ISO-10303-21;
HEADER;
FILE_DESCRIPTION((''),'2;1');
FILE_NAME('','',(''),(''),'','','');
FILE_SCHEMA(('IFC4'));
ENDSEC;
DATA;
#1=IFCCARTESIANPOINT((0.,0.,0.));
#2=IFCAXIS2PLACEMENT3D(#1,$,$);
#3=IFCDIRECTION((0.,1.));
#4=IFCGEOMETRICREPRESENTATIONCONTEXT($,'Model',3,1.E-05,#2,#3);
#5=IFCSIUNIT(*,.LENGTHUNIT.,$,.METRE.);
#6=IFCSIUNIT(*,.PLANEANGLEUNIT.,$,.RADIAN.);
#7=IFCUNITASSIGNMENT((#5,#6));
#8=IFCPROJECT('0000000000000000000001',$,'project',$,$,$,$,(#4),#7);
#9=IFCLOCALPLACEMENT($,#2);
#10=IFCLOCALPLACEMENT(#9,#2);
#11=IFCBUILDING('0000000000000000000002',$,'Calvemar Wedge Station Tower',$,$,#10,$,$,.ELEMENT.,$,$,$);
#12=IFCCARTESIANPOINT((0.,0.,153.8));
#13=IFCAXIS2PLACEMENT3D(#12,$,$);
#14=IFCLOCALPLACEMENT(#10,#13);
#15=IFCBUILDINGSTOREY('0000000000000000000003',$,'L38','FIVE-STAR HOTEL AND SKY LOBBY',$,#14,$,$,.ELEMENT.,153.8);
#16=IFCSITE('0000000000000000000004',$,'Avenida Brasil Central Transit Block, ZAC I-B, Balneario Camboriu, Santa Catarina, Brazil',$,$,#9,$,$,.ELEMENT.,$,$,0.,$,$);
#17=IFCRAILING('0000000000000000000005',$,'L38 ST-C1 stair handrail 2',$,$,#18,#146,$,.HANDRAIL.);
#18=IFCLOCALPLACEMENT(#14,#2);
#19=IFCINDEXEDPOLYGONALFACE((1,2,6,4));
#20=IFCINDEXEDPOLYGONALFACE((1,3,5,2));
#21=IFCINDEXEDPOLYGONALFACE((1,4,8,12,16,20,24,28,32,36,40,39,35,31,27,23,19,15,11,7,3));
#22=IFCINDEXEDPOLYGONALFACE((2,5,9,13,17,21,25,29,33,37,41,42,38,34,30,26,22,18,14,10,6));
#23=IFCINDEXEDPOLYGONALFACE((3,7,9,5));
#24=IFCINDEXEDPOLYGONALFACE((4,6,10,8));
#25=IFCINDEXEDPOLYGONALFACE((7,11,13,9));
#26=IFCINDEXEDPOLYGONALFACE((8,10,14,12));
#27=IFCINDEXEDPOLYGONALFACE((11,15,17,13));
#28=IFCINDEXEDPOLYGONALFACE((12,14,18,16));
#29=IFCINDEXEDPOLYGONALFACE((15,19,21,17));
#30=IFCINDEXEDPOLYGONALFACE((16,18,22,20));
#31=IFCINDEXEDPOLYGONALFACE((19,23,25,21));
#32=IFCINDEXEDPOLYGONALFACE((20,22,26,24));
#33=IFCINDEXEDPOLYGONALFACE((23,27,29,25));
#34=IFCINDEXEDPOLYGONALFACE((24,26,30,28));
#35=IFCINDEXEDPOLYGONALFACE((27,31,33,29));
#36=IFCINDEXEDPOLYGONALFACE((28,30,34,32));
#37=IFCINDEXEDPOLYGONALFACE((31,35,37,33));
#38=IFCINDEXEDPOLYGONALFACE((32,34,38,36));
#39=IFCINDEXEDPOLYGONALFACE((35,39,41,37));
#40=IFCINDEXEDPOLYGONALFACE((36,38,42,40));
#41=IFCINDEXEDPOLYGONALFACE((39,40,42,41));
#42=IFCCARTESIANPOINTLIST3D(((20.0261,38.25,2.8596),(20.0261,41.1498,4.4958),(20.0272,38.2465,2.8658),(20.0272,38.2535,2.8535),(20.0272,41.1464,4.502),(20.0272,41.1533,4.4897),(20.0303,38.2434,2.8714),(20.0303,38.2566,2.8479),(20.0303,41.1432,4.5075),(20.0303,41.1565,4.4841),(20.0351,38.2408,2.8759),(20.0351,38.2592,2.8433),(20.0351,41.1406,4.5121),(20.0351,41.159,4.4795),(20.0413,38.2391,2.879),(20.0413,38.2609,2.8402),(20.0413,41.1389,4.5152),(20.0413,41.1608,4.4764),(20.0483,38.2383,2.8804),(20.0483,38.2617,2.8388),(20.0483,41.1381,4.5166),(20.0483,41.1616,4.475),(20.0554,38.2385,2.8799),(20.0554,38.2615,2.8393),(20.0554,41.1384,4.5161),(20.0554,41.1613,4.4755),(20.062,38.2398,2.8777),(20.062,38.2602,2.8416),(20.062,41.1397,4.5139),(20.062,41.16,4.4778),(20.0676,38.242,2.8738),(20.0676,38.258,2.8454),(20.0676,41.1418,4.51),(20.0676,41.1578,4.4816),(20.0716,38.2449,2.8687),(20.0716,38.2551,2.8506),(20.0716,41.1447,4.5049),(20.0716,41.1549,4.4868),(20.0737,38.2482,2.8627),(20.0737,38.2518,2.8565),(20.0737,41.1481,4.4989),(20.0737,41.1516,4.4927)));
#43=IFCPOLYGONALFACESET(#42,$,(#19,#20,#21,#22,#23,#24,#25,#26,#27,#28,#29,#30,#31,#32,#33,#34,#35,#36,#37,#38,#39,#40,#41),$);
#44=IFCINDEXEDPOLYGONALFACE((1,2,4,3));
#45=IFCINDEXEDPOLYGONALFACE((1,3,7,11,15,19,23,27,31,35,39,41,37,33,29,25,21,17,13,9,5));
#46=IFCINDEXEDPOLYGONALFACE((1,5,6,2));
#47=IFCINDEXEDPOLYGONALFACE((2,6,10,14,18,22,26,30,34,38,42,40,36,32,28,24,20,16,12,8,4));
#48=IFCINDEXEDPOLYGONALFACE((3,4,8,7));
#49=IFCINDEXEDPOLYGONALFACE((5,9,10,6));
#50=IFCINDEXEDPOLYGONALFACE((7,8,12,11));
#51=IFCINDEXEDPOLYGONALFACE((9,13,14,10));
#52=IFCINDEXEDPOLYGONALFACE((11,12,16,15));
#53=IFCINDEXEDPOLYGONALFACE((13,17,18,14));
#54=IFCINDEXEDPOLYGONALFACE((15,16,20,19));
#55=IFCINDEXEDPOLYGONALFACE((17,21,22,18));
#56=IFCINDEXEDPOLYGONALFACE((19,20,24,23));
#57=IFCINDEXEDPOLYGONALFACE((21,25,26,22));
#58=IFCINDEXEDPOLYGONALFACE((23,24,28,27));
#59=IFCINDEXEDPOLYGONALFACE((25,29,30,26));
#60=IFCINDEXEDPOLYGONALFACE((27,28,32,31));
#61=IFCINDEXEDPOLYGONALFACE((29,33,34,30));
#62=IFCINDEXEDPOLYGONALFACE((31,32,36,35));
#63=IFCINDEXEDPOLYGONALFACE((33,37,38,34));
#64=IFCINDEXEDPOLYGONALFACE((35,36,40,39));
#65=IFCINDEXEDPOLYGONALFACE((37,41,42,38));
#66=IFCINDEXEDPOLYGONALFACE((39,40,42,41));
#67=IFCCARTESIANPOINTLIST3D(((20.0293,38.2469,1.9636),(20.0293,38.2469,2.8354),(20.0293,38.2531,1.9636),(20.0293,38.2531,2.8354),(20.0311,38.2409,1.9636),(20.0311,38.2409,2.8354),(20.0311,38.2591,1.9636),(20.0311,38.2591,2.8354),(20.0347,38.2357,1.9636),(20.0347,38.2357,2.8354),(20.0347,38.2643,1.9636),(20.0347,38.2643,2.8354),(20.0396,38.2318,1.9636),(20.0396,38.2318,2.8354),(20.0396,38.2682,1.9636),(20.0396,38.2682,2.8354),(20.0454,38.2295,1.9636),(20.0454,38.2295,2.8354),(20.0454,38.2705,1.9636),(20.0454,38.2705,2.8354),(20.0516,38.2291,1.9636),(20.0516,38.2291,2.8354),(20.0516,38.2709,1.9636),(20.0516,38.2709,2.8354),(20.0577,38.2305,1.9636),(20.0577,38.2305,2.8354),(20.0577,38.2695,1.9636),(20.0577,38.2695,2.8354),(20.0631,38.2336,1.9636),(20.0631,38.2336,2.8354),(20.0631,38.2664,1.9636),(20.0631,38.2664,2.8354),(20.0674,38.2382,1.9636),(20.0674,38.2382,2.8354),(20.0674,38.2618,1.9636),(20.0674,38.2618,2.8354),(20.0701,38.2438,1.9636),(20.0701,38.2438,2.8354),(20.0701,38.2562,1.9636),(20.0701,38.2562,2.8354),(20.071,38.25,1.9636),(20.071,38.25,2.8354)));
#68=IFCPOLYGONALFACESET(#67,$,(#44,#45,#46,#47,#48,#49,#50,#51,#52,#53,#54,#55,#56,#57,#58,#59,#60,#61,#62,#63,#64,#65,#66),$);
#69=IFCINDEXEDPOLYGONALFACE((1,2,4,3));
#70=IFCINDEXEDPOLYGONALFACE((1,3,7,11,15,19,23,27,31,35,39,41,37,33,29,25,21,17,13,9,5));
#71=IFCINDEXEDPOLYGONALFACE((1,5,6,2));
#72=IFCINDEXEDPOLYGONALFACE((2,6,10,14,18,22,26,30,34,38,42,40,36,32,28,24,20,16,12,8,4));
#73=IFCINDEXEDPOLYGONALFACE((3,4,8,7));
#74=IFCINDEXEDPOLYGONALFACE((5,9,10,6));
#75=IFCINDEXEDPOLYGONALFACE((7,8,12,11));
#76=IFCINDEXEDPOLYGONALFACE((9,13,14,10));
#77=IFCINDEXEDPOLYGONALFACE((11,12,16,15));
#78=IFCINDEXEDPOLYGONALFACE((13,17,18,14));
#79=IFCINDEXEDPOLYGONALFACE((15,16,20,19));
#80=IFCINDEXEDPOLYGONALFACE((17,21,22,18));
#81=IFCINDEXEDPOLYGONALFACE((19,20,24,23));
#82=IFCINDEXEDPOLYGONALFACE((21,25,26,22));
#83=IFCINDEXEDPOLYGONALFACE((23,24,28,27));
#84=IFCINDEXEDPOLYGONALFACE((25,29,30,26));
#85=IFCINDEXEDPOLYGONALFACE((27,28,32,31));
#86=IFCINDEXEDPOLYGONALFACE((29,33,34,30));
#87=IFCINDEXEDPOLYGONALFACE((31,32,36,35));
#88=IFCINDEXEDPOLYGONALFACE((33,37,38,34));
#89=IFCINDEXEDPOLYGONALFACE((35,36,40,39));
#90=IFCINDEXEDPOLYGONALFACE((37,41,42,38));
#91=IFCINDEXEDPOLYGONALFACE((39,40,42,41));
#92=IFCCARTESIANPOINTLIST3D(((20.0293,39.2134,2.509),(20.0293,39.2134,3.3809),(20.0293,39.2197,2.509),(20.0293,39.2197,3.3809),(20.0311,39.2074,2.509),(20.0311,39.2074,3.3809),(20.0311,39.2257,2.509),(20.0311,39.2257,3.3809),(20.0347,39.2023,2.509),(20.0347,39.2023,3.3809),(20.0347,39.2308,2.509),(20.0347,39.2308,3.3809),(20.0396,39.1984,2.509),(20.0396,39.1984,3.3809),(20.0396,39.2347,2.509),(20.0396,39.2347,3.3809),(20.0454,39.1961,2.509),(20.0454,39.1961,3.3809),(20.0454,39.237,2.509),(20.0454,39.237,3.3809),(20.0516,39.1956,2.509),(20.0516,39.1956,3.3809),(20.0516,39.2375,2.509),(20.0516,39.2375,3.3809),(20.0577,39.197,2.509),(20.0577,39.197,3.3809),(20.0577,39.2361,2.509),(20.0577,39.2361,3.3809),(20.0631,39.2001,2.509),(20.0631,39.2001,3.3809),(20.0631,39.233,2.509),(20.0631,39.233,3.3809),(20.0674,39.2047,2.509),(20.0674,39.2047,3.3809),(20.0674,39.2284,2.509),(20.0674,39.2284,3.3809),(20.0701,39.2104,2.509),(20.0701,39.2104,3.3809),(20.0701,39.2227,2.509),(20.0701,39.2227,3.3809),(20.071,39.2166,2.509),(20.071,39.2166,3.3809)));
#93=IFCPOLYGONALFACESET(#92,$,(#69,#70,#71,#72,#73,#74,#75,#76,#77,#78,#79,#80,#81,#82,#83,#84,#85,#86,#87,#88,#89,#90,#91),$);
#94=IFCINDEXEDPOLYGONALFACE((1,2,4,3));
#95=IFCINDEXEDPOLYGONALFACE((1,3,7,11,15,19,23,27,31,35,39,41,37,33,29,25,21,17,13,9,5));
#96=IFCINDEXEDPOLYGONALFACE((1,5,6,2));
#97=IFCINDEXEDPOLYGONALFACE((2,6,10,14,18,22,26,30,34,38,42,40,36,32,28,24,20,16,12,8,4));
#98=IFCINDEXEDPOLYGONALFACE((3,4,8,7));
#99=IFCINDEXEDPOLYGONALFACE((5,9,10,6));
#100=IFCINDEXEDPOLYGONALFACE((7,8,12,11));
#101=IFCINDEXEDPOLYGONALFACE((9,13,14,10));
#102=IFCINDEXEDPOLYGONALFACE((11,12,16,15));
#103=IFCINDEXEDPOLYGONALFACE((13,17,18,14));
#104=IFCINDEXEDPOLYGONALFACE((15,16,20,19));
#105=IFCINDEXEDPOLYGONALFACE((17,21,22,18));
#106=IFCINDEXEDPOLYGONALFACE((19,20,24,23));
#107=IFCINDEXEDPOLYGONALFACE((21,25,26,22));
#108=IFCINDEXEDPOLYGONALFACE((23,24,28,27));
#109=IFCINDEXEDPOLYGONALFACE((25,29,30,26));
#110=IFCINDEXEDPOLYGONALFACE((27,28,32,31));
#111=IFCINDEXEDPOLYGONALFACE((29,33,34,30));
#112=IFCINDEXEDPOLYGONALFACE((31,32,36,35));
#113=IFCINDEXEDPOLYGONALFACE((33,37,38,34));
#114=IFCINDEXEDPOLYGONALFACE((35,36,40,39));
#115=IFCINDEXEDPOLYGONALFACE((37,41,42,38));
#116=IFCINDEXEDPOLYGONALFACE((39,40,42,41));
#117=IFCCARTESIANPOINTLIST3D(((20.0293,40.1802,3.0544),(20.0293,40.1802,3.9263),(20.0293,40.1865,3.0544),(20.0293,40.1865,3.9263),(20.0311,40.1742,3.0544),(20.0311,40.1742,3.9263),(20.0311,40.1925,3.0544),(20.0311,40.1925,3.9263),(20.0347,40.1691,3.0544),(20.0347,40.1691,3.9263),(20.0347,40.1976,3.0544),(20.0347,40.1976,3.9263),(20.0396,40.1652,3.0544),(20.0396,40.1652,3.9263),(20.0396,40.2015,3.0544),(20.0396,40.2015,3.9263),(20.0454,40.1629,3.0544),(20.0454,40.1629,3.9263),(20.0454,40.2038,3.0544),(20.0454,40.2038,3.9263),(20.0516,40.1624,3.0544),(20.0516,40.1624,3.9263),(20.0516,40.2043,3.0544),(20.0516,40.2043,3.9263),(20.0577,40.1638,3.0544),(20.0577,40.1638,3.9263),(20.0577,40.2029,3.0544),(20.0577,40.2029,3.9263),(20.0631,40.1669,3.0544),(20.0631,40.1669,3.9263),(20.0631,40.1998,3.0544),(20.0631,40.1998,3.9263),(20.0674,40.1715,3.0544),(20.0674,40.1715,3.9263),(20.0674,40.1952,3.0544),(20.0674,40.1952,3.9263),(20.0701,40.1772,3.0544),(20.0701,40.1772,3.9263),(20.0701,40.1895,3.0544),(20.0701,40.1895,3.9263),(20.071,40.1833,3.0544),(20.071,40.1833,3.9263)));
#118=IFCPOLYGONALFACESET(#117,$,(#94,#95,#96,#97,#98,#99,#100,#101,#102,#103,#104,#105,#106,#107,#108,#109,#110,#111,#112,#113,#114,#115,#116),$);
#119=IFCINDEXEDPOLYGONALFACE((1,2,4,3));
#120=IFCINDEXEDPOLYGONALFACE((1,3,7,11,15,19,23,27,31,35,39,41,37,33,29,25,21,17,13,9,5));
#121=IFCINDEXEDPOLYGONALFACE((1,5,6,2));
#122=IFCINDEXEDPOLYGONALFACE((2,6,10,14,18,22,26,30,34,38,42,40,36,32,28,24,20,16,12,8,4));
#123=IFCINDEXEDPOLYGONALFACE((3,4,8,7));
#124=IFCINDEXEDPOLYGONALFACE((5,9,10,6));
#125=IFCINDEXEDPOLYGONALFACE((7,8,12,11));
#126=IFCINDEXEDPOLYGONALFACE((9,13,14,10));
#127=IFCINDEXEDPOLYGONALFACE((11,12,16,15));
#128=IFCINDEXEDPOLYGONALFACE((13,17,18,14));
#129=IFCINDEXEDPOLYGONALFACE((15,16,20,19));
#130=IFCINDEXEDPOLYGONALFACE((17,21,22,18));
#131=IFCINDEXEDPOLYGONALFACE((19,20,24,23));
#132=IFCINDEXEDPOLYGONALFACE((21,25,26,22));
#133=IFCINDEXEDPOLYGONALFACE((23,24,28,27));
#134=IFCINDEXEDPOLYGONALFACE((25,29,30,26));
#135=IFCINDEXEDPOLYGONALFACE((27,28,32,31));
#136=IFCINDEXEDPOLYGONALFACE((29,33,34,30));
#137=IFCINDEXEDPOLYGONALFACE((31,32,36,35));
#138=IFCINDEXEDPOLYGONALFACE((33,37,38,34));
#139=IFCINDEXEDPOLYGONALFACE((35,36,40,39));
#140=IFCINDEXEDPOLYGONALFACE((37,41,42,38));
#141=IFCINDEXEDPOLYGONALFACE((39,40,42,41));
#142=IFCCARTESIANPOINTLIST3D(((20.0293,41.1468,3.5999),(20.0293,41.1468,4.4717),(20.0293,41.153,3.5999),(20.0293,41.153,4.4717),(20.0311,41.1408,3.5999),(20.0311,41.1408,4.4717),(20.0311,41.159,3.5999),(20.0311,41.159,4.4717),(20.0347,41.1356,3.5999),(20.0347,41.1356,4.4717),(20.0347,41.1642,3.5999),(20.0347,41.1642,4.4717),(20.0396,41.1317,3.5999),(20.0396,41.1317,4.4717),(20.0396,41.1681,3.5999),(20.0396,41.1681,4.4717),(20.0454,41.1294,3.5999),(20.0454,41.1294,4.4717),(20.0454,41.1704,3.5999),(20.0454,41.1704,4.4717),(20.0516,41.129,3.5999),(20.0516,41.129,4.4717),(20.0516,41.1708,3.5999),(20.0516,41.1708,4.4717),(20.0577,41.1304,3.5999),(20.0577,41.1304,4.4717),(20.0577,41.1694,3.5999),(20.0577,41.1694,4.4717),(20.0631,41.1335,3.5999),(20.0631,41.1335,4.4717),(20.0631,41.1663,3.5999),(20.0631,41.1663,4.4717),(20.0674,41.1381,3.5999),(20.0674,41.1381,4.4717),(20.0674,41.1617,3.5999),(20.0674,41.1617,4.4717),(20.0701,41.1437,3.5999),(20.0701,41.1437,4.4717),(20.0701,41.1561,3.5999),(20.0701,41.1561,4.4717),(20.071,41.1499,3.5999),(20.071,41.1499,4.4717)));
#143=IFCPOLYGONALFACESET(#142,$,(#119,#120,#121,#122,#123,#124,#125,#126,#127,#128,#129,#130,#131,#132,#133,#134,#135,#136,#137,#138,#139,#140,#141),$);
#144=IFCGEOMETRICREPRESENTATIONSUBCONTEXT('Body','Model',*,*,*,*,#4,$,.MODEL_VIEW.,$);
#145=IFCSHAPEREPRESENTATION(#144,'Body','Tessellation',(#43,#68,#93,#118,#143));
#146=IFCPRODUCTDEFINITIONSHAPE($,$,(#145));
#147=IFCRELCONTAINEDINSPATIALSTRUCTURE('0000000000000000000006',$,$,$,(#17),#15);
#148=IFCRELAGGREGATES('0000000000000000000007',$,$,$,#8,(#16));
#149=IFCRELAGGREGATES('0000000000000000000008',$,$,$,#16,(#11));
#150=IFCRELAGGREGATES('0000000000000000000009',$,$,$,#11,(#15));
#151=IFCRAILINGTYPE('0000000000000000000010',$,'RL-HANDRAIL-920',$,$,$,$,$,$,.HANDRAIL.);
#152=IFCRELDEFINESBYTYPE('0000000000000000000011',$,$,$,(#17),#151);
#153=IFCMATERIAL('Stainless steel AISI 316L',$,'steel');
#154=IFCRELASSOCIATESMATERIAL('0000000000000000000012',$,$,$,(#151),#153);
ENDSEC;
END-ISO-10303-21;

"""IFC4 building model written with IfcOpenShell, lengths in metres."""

from ifc_helpers import new_model, si_unit, direction, frame, origin, origin_2d, place, context, subcontext, project, spatial, circle, extrude, material, type_object, element, save


model = new_model("IFC4")

# Units and contexts
model_context = context("Model", 3, precision=1e-05, world=origin(), true_north=direction((0.0, 1.0)))
body_context = subcontext(model_context, "Body", "Model", "MODEL_VIEW")
ifc_project = project(units=[si_unit("LENGTHUNIT", "METRE"), si_unit("PLANEANGLEUNIT", "RADIAN")], contexts=[model_context])

# Site, building, storey
site_placement = place(None, origin())
site = spatial("IfcSite", under=ifc_project, at=site_placement, Name="Avenida Brasil Central Transit Block, ZAC I-B, Balneario Camboriu, Santa Catarina, Brazil", CompositionType="ELEMENT", RefElevation=0.0)
building_placement = place(site_placement, origin())
building = spatial("IfcBuilding", under=site, at=building_placement, Name="Calvemar Wedge Station Tower", CompositionType="ELEMENT")
storey_placement = place(building_placement, frame((0.0, 0.0, 153.8)))
storey = spatial("IfcBuildingStorey", under=building, at=storey_placement, Name="L38", Description="FIVE-STAR HOTEL AND SKY LOBBY", CompositionType="ELEMENT", Elevation=153.8)

# Railing
ifc_material_1 = material(Name="Stainless steel AISI 316L", Category="steel")
railing_type_1 = type_object("IfcRailingType", Name="RL-HANDRAIL-920", PredefinedType="HANDRAIL", material=ifc_material_1)
railing_1_placement = place(storey_placement, frame((20.05, 38.25, 1.9636)))
element("IfcRailing", 1, at=railing_1_placement, inside=storey, type_object=railing_type_1, Name="L38 ST-C1 stair handrail 2", PredefinedType="HANDRAIL", context=body_context, shape_type="SweptSolid", body=[
    extrude(circle(Radius=0.0239, at=origin_2d()), frame((0.0, 0.0, 0.896), z_axis=(0.0, 0.870929, 0.49141), x_axis=(-1.0, 0.0, 0.0)), (0.0, 0.0, 1.0), 3.3296),
    extrude(circle(Radius=0.021, at=origin_2d()), origin(), (0.0, 0.0, 1.0), 0.8718),
    extrude(circle(Radius=0.021, at=origin_2d()), frame((0.0, 0.9666, 0.5454)), (0.0, 0.0, 1.0), 0.8718),
    extrude(circle(Radius=0.021, at=origin_2d()), frame((0.0, 1.9333, 1.0908)), (0.0, 0.0, 1.0), 0.8718),
    extrude(circle(Radius=0.021, at=origin_2d()), frame((0.0, 2.8999, 1.6362)), (0.0, 0.0, 1.0), 0.8718),
])

save(model, "model.ifc")
